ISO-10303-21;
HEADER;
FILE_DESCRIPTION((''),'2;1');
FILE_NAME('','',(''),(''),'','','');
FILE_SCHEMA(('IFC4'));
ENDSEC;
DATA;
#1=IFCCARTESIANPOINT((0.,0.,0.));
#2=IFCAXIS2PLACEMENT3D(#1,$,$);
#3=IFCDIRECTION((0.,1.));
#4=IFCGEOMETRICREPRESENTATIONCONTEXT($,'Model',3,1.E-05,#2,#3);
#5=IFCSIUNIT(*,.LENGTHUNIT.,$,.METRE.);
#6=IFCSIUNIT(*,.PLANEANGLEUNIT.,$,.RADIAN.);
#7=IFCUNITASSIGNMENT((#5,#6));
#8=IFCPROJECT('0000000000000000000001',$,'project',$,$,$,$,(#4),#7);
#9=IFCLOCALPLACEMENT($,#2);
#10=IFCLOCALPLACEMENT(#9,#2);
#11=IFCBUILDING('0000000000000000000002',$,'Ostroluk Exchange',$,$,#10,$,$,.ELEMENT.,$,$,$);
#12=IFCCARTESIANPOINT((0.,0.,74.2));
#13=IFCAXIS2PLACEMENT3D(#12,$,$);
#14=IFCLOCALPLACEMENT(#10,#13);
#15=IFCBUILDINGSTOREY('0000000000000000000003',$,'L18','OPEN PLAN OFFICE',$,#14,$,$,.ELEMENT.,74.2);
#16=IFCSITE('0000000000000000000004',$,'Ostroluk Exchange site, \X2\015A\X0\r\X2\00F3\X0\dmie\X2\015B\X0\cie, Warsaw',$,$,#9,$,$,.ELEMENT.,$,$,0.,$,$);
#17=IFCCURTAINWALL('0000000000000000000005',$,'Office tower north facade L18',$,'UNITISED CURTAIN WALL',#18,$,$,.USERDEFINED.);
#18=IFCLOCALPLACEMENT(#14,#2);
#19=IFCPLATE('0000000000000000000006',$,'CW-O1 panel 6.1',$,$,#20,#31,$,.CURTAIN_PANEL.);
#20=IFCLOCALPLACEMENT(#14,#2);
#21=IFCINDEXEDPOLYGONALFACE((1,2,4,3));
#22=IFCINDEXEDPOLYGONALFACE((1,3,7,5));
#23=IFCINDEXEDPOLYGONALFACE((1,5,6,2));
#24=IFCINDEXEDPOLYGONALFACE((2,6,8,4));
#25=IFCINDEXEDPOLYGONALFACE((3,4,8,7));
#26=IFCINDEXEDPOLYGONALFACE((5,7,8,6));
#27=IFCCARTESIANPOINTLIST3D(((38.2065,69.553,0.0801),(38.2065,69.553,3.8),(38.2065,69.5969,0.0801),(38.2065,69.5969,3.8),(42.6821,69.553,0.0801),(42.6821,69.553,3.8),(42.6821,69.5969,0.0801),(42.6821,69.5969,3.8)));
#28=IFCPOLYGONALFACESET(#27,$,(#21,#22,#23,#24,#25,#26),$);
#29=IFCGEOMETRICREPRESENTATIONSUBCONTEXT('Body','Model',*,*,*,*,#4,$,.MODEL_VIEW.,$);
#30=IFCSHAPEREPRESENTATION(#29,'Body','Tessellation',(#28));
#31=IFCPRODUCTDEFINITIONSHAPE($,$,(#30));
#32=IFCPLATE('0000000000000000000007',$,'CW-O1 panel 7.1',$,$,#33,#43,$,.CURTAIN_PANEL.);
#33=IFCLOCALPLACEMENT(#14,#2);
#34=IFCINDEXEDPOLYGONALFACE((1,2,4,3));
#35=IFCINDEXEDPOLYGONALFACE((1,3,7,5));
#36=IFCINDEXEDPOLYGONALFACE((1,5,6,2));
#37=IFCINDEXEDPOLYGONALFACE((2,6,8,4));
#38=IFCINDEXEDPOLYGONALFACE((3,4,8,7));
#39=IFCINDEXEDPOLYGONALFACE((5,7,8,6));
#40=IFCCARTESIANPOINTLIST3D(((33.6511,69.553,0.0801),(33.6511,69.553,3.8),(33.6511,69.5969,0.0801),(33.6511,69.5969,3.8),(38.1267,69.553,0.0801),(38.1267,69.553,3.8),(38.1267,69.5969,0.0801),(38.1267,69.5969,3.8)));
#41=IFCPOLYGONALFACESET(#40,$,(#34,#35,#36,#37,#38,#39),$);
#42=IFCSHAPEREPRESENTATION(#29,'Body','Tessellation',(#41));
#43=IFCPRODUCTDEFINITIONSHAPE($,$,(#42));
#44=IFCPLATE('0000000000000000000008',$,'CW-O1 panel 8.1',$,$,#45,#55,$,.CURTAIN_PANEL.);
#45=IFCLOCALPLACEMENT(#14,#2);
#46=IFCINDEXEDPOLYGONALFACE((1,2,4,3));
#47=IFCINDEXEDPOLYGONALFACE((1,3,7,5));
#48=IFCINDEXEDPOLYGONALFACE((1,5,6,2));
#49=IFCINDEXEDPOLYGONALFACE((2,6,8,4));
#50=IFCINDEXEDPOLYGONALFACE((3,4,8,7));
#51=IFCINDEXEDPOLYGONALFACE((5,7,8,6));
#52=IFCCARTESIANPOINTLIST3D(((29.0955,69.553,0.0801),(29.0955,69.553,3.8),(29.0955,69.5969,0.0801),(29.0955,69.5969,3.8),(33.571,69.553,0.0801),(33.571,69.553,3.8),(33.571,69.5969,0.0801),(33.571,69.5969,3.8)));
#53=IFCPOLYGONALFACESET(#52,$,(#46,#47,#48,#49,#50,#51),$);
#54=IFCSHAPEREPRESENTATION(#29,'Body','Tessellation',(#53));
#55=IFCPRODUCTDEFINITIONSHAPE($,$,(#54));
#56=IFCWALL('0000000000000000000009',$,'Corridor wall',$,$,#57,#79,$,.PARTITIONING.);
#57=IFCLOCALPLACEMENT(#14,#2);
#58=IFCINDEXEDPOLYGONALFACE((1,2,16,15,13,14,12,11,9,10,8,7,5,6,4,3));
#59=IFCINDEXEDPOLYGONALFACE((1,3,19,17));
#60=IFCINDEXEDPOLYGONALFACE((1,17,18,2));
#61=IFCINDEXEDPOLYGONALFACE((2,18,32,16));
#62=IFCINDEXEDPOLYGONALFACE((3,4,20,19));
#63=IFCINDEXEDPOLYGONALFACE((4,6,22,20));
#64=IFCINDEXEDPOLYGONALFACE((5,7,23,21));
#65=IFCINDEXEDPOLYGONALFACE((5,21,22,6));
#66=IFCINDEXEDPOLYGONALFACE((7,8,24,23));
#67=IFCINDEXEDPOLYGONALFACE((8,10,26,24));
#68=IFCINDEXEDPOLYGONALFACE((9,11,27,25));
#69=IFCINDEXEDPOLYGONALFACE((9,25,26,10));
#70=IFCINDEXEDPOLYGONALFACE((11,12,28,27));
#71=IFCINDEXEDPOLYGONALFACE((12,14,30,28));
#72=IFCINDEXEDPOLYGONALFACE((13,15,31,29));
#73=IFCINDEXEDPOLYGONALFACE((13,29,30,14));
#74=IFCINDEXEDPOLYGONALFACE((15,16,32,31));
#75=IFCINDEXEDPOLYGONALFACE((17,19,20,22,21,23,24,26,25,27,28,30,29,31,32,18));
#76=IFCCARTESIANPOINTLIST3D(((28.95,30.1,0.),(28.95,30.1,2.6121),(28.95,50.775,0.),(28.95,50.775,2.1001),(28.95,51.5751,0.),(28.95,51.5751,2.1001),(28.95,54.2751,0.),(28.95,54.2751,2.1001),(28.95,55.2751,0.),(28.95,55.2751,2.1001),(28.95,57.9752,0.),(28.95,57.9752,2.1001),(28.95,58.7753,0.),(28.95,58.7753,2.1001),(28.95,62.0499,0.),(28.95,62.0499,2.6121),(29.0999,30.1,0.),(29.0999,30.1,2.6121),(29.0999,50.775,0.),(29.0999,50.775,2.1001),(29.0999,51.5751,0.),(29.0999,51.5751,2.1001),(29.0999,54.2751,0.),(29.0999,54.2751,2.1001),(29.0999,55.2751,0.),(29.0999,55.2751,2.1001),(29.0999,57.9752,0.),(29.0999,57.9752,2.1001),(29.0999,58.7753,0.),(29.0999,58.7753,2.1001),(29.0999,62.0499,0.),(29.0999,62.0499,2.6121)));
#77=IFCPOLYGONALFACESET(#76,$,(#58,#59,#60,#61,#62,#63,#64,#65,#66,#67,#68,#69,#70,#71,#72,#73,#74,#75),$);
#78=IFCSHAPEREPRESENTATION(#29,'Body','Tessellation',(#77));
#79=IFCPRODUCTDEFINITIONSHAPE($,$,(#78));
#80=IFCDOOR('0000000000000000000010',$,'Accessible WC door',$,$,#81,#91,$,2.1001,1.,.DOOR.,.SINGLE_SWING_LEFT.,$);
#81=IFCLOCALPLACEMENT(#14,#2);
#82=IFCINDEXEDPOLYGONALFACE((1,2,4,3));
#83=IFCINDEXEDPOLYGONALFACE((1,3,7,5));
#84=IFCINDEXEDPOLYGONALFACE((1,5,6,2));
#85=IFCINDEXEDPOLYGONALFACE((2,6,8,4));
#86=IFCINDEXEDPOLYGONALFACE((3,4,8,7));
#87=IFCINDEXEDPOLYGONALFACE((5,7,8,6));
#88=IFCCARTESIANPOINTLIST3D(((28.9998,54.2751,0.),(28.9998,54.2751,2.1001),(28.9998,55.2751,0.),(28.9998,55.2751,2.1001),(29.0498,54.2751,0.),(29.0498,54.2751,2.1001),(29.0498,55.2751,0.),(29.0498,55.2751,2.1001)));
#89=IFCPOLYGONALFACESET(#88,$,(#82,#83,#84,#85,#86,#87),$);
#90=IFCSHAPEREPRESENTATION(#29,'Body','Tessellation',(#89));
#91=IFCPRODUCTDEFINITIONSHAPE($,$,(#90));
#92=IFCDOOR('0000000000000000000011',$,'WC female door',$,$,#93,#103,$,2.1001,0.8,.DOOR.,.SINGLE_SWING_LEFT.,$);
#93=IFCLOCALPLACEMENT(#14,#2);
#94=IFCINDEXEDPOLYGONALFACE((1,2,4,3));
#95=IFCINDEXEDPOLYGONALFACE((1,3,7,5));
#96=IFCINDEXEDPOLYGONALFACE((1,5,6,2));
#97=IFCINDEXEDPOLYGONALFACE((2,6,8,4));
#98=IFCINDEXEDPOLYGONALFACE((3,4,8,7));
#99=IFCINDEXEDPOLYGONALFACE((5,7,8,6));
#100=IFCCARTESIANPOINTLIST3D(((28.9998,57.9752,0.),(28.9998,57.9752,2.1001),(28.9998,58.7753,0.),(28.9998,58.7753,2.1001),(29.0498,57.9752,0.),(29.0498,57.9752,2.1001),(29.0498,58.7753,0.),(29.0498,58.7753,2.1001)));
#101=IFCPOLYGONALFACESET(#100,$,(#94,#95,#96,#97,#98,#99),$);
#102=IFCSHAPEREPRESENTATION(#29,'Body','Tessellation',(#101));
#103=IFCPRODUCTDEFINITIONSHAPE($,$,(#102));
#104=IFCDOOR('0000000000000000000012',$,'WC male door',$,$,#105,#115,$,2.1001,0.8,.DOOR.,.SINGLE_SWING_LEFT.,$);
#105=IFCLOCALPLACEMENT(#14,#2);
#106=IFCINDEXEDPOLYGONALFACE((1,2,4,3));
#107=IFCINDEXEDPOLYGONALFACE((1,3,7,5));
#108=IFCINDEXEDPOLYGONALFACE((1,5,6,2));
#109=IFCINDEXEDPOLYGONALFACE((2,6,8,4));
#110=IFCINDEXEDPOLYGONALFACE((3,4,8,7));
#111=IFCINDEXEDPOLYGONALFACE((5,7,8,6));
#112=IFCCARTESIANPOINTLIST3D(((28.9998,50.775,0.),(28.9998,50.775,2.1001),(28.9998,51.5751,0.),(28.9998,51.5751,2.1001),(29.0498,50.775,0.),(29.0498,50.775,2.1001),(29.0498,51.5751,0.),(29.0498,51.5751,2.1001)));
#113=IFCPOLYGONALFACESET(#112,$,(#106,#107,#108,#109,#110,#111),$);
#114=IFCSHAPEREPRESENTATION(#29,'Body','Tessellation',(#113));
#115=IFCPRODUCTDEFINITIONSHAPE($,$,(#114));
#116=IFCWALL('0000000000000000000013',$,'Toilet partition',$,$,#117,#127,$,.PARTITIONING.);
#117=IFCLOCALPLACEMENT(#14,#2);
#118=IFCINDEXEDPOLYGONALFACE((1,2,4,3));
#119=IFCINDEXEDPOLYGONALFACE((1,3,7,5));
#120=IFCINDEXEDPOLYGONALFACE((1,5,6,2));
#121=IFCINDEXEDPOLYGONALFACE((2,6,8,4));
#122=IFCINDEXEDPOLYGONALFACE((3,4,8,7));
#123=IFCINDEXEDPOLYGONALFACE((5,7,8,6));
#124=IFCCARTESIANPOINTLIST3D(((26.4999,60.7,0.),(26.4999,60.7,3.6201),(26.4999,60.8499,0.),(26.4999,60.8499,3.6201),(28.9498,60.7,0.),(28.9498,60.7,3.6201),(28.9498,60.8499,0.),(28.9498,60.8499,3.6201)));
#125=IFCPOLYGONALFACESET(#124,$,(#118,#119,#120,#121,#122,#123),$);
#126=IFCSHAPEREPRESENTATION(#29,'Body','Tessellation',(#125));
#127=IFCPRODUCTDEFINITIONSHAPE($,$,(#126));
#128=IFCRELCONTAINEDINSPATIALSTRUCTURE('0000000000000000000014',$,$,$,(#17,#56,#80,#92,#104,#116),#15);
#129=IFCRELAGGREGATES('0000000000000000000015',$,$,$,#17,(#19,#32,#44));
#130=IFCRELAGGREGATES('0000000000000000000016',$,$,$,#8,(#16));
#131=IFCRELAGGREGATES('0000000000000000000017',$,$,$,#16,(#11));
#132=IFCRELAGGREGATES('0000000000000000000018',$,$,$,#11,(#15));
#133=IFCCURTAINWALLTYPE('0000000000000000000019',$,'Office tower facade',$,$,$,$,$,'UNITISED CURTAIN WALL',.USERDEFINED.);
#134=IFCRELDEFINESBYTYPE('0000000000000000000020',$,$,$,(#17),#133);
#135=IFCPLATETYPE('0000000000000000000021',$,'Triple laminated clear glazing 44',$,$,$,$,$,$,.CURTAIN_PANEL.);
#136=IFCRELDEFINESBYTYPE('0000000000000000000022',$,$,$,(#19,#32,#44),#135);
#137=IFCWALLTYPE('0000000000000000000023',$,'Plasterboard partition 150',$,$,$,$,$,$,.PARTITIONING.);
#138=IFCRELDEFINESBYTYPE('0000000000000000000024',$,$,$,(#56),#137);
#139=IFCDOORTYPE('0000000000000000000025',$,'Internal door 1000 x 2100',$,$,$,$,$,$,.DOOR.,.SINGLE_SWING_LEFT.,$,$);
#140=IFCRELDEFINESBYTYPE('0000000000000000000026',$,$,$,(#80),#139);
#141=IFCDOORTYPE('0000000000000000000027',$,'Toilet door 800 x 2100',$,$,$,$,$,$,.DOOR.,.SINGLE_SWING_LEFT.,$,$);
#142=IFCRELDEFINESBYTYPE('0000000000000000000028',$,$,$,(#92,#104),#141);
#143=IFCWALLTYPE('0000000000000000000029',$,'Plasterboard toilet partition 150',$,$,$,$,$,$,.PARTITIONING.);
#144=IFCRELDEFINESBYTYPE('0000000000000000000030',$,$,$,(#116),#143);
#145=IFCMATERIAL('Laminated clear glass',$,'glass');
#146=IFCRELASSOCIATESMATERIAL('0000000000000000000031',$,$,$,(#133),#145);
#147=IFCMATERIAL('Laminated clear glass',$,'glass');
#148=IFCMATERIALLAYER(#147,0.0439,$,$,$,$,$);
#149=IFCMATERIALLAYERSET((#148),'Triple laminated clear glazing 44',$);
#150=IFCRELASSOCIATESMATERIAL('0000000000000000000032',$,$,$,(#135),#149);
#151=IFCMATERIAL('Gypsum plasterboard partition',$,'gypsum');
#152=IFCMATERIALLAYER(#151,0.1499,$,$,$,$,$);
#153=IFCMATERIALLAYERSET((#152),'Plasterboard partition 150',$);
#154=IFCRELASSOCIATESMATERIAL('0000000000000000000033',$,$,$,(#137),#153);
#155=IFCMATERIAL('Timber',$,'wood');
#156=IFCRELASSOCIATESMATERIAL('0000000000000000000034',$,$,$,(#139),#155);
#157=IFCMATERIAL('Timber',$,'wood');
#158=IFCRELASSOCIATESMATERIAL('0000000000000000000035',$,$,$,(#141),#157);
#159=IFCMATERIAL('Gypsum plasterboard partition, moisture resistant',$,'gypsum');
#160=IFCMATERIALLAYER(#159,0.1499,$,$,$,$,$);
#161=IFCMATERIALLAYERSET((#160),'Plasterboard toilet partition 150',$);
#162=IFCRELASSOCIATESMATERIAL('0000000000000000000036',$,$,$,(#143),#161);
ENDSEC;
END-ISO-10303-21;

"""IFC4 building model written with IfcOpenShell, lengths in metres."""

from ifc_helpers import new_model, si_unit, direction, frame, frame_2d, origin, origin_2d, place, context, subcontext, project, spatial, rectangle, extrude, material, layer, layer_set, type_object, element, fill, aggregate, save


model = new_model("IFC4")

# Units and contexts
model_context = context("Model", 3, precision=1e-05, world=origin(), true_north=direction((0.0, 1.0)))
body_context = subcontext(model_context, "Body", "Model", "MODEL_VIEW")
ifc_project = project(units=[si_unit("LENGTHUNIT", "METRE"), si_unit("PLANEANGLEUNIT", "RADIAN")], contexts=[model_context])

# Site, building, storey
site_placement = place(None, origin())
site = spatial("IfcSite", under=ifc_project, at=site_placement, Name="Ostroluk Exchange site, Śródmieście, Warsaw", CompositionType="ELEMENT", RefElevation=0.0)
building_placement = place(site_placement, origin())
building = spatial("IfcBuilding", under=site, at=building_placement, Name="Ostroluk Exchange", CompositionType="ELEMENT")
storey_placement = place(building_placement, frame((0.0, 0.0, 74.2)))
storey = spatial("IfcBuildingStorey", under=building, at=storey_placement, Name="L18", Description="OPEN PLAN OFFICE", CompositionType="ELEMENT", Elevation=74.2)

# Curtain wall, plates
ifc_material_1 = material(Name="Laminated clear glass", Category="glass")
curtain_wall_type = type_object("IfcCurtainWallType", Name="Office tower facade", ElementType="UNITISED CURTAIN WALL", PredefinedType="USERDEFINED", material=ifc_material_1)
curtain_wall_placement = place(storey_placement, origin())
curtain_wall = element("IfcCurtainWall", 1, at=curtain_wall_placement, inside=storey, type_object=curtain_wall_type, Name="Office tower north facade L18", ObjectType="UNITISED CURTAIN WALL", PredefinedType="USERDEFINED")
ifc_material_2 = material(Name="Laminated clear glass", Category="glass")
ifc_layer_1 = layer(ifc_material_2, 0.0439)
ifc_layer_set_1 = layer_set([ifc_layer_1], Name="Triple laminated clear glazing 44")
plate_type = type_object("IfcPlateType", Name="Triple laminated clear glazing 44", PredefinedType="CURTAIN_PANEL", material=ifc_layer_set_1)
plate_1_placement = place(storey_placement, frame((40.4443, 69.575, 0.0801), z_axis=(0.0, 0.0, 1.0), x_axis=(-1.0, 0.0, 0.0)))
plate_1 = element("IfcPlate", 2, at=plate_1_placement, type_object=plate_type, Name="CW-O1 panel 6.1", PredefinedType="CURTAIN_PANEL", context=body_context, shape_type="SweptSolid", body=[
    extrude(rectangle(XDim=4.4756, YDim=0.0439, at=origin_2d()), origin(), (0.0, 0.0, 1.0), 3.72),
])
plate_2_placement = place(storey_placement, frame((35.8889, 69.575, 0.0801), z_axis=(0.0, 0.0, 1.0), x_axis=(-1.0, 0.0, 0.0)))
plate_2 = element("IfcPlate", 3, at=plate_2_placement, type_object=plate_type, Name="CW-O1 panel 7.1", PredefinedType="CURTAIN_PANEL", context=body_context, shape_type="SweptSolid", body=[
    extrude(rectangle(XDim=4.4756, YDim=0.0439, at=origin_2d()), origin(), (0.0, 0.0, 1.0), 3.72),
])
plate_3_placement = place(storey_placement, frame((31.3333, 69.575, 0.0801), z_axis=(0.0, 0.0, 1.0), x_axis=(-1.0, 0.0, 0.0)))
plate_3 = element("IfcPlate", 4, at=plate_3_placement, type_object=plate_type, Name="CW-O1 panel 8.1", PredefinedType="CURTAIN_PANEL", context=body_context, shape_type="SweptSolid", body=[
    extrude(rectangle(XDim=4.4756, YDim=0.0439, at=origin_2d()), origin(), (0.0, 0.0, 1.0), 3.72),
])
aggregate(curtain_wall, [plate_1, plate_2, plate_3])

# Wall, openings, doors
ifc_material_3 = material(Name="Gypsum plasterboard partition", Category="gypsum")
ifc_layer_2 = layer(ifc_material_3, 0.1499)
ifc_layer_set_2 = layer_set([ifc_layer_2], Name="Plasterboard partition 150")
wall_type_1 = type_object("IfcWallType", Name="Plasterboard partition 150", PredefinedType="PARTITIONING", material=ifc_layer_set_2)
wall_1_placement = place(storey_placement, frame((29.0249, 62.05, 0.0), z_axis=(0.0, 0.0, 1.0), x_axis=(0.0, -1.0, 0.0)))
wall_1 = element("IfcWall", 5, at=wall_1_placement, inside=storey, type_object=wall_type_1, Name="Corridor wall", PredefinedType="PARTITIONING", context=body_context, shape_type="SweptSolid", body=[
    extrude(rectangle(XDim=31.95, YDim=0.1499, at=frame_2d((15.9751, 0.0))), origin(), (0.0, 0.0, 1.0), 2.6121),
])
opening_1_placement = place(wall_1_placement, frame((3.2749, 0.0, 0.0)))
opening_1 = element("IfcOpeningElement", 6, at=opening_1_placement, cuts=wall_1, PredefinedType="OPENING", context=body_context, shape_type="SweptSolid", body=[
    extrude(rectangle(XDim=0.8, YDim=2.1001, at=frame_2d((0.3999, 1.05))), frame((0.0, 0.085, 0.0), z_axis=(0.0, -1.0, 0.0), x_axis=(1.0, 0.0, 0.0)), (0.0, 0.0, 1.0), 0.1699),
])
opening_2_placement = place(wall_1_placement, frame((6.7749, 0.0, 0.0)))
opening_2 = element("IfcOpeningElement", 7, at=opening_2_placement, cuts=wall_1, PredefinedType="OPENING", context=body_context, shape_type="SweptSolid", body=[
    extrude(rectangle(XDim=1.0, YDim=2.1001, at=frame_2d((0.5, 1.05))), frame((0.0, 0.085, 0.0), z_axis=(0.0, -1.0, 0.0), x_axis=(1.0, 0.0, 0.0)), (0.0, 0.0, 1.0), 0.1699),
])
opening_3_placement = place(wall_1_placement, frame((10.4751, 0.0, 0.0)))
opening_3 = element("IfcOpeningElement", 8, at=opening_3_placement, cuts=wall_1, PredefinedType="OPENING", context=body_context, shape_type="SweptSolid", body=[
    extrude(rectangle(XDim=0.8, YDim=2.1001, at=frame_2d((0.3999, 1.05))), frame((0.0, 0.085, 0.0), z_axis=(0.0, -1.0, 0.0), x_axis=(1.0, 0.0, 0.0)), (0.0, 0.0, 1.0), 0.1699),
])
ifc_material_4 = material(Name="Timber", Category="wood")
door_type_1 = type_object("IfcDoorType", Name="Internal door 1000 x 2100", OperationType="SINGLE_SWING_LEFT", PredefinedType="DOOR", material=ifc_material_4)
door_1_placement = place(opening_2_placement, origin())
door_1 = element("IfcDoor", 9, at=door_1_placement, inside=storey, type_object=door_type_1, Name="Accessible WC door", OperationType="SINGLE_SWING_LEFT", OverallHeight=2.1001, OverallWidth=1.0, PredefinedType="DOOR", context=body_context, shape_type="SweptSolid", body=[
    extrude(rectangle(XDim=1.0, YDim=2.1001, at=frame_2d((0.5, 1.05))), frame((0.0, 0.0249, 0.0), z_axis=(0.0, -1.0, 0.0), x_axis=(1.0, 0.0, 0.0)), (0.0, 0.0, 1.0), 0.05),
])
fill(opening_2, door_1)
ifc_material_5 = material(Name="Timber", Category="wood")
door_type_2 = type_object("IfcDoorType", Name="Toilet door 800 x 2100", OperationType="SINGLE_SWING_LEFT", PredefinedType="DOOR", material=ifc_material_5)
door_2_placement = place(opening_1_placement, origin())
door_2 = element("IfcDoor", 10, at=door_2_placement, inside=storey, type_object=door_type_2, Name="WC female door", OperationType="SINGLE_SWING_LEFT", OverallHeight=2.1001, OverallWidth=0.8, PredefinedType="DOOR", context=body_context, shape_type="SweptSolid", body=[
    extrude(rectangle(XDim=0.8, YDim=2.1001, at=frame_2d((0.3999, 1.05))), frame((0.0, 0.0249, 0.0), z_axis=(0.0, -1.0, 0.0), x_axis=(1.0, 0.0, 0.0)), (0.0, 0.0, 1.0), 0.05),
])
fill(opening_1, door_2)
door_3_placement = place(opening_3_placement, origin())
door_3 = element("IfcDoor", 11, at=door_3_placement, inside=storey, type_object=door_type_2, Name="WC male door", OperationType="SINGLE_SWING_LEFT", OverallHeight=2.1001, OverallWidth=0.8, PredefinedType="DOOR", context=body_context, shape_type="SweptSolid", body=[
    extrude(rectangle(XDim=0.8, YDim=2.1001, at=frame_2d((0.3999, 1.05))), frame((0.0, 0.0249, 0.0), z_axis=(0.0, -1.0, 0.0), x_axis=(1.0, 0.0, 0.0)), (0.0, 0.0, 1.0), 0.05),
])
fill(opening_3, door_3)

# Wall
ifc_material_6 = material(Name="Gypsum plasterboard partition, moisture resistant", Category="gypsum")
ifc_layer_3 = layer(ifc_material_6, 0.1499)
ifc_layer_set_3 = layer_set([ifc_layer_3], Name="Plasterboard toilet partition 150")
wall_type_2 = type_object("IfcWallType", Name="Plasterboard toilet partition 150", PredefinedType="PARTITIONING", material=ifc_layer_set_3)
wall_2_placement = place(storey_placement, frame((28.95, 60.7749, 0.0), z_axis=(0.0, 0.0, 1.0), x_axis=(-1.0, 0.0, 0.0)))
element("IfcWall", 12, at=wall_2_placement, inside=storey, type_object=wall_type_2, Name="Toilet partition", PredefinedType="PARTITIONING", context=body_context, shape_type="SweptSolid", body=[
    extrude(rectangle(XDim=2.45, YDim=0.1499, at=frame_2d((1.2251, 0.0))), origin(), (0.0, 0.0, 1.0), 3.6201),
])

save(model, "model.ifc")
